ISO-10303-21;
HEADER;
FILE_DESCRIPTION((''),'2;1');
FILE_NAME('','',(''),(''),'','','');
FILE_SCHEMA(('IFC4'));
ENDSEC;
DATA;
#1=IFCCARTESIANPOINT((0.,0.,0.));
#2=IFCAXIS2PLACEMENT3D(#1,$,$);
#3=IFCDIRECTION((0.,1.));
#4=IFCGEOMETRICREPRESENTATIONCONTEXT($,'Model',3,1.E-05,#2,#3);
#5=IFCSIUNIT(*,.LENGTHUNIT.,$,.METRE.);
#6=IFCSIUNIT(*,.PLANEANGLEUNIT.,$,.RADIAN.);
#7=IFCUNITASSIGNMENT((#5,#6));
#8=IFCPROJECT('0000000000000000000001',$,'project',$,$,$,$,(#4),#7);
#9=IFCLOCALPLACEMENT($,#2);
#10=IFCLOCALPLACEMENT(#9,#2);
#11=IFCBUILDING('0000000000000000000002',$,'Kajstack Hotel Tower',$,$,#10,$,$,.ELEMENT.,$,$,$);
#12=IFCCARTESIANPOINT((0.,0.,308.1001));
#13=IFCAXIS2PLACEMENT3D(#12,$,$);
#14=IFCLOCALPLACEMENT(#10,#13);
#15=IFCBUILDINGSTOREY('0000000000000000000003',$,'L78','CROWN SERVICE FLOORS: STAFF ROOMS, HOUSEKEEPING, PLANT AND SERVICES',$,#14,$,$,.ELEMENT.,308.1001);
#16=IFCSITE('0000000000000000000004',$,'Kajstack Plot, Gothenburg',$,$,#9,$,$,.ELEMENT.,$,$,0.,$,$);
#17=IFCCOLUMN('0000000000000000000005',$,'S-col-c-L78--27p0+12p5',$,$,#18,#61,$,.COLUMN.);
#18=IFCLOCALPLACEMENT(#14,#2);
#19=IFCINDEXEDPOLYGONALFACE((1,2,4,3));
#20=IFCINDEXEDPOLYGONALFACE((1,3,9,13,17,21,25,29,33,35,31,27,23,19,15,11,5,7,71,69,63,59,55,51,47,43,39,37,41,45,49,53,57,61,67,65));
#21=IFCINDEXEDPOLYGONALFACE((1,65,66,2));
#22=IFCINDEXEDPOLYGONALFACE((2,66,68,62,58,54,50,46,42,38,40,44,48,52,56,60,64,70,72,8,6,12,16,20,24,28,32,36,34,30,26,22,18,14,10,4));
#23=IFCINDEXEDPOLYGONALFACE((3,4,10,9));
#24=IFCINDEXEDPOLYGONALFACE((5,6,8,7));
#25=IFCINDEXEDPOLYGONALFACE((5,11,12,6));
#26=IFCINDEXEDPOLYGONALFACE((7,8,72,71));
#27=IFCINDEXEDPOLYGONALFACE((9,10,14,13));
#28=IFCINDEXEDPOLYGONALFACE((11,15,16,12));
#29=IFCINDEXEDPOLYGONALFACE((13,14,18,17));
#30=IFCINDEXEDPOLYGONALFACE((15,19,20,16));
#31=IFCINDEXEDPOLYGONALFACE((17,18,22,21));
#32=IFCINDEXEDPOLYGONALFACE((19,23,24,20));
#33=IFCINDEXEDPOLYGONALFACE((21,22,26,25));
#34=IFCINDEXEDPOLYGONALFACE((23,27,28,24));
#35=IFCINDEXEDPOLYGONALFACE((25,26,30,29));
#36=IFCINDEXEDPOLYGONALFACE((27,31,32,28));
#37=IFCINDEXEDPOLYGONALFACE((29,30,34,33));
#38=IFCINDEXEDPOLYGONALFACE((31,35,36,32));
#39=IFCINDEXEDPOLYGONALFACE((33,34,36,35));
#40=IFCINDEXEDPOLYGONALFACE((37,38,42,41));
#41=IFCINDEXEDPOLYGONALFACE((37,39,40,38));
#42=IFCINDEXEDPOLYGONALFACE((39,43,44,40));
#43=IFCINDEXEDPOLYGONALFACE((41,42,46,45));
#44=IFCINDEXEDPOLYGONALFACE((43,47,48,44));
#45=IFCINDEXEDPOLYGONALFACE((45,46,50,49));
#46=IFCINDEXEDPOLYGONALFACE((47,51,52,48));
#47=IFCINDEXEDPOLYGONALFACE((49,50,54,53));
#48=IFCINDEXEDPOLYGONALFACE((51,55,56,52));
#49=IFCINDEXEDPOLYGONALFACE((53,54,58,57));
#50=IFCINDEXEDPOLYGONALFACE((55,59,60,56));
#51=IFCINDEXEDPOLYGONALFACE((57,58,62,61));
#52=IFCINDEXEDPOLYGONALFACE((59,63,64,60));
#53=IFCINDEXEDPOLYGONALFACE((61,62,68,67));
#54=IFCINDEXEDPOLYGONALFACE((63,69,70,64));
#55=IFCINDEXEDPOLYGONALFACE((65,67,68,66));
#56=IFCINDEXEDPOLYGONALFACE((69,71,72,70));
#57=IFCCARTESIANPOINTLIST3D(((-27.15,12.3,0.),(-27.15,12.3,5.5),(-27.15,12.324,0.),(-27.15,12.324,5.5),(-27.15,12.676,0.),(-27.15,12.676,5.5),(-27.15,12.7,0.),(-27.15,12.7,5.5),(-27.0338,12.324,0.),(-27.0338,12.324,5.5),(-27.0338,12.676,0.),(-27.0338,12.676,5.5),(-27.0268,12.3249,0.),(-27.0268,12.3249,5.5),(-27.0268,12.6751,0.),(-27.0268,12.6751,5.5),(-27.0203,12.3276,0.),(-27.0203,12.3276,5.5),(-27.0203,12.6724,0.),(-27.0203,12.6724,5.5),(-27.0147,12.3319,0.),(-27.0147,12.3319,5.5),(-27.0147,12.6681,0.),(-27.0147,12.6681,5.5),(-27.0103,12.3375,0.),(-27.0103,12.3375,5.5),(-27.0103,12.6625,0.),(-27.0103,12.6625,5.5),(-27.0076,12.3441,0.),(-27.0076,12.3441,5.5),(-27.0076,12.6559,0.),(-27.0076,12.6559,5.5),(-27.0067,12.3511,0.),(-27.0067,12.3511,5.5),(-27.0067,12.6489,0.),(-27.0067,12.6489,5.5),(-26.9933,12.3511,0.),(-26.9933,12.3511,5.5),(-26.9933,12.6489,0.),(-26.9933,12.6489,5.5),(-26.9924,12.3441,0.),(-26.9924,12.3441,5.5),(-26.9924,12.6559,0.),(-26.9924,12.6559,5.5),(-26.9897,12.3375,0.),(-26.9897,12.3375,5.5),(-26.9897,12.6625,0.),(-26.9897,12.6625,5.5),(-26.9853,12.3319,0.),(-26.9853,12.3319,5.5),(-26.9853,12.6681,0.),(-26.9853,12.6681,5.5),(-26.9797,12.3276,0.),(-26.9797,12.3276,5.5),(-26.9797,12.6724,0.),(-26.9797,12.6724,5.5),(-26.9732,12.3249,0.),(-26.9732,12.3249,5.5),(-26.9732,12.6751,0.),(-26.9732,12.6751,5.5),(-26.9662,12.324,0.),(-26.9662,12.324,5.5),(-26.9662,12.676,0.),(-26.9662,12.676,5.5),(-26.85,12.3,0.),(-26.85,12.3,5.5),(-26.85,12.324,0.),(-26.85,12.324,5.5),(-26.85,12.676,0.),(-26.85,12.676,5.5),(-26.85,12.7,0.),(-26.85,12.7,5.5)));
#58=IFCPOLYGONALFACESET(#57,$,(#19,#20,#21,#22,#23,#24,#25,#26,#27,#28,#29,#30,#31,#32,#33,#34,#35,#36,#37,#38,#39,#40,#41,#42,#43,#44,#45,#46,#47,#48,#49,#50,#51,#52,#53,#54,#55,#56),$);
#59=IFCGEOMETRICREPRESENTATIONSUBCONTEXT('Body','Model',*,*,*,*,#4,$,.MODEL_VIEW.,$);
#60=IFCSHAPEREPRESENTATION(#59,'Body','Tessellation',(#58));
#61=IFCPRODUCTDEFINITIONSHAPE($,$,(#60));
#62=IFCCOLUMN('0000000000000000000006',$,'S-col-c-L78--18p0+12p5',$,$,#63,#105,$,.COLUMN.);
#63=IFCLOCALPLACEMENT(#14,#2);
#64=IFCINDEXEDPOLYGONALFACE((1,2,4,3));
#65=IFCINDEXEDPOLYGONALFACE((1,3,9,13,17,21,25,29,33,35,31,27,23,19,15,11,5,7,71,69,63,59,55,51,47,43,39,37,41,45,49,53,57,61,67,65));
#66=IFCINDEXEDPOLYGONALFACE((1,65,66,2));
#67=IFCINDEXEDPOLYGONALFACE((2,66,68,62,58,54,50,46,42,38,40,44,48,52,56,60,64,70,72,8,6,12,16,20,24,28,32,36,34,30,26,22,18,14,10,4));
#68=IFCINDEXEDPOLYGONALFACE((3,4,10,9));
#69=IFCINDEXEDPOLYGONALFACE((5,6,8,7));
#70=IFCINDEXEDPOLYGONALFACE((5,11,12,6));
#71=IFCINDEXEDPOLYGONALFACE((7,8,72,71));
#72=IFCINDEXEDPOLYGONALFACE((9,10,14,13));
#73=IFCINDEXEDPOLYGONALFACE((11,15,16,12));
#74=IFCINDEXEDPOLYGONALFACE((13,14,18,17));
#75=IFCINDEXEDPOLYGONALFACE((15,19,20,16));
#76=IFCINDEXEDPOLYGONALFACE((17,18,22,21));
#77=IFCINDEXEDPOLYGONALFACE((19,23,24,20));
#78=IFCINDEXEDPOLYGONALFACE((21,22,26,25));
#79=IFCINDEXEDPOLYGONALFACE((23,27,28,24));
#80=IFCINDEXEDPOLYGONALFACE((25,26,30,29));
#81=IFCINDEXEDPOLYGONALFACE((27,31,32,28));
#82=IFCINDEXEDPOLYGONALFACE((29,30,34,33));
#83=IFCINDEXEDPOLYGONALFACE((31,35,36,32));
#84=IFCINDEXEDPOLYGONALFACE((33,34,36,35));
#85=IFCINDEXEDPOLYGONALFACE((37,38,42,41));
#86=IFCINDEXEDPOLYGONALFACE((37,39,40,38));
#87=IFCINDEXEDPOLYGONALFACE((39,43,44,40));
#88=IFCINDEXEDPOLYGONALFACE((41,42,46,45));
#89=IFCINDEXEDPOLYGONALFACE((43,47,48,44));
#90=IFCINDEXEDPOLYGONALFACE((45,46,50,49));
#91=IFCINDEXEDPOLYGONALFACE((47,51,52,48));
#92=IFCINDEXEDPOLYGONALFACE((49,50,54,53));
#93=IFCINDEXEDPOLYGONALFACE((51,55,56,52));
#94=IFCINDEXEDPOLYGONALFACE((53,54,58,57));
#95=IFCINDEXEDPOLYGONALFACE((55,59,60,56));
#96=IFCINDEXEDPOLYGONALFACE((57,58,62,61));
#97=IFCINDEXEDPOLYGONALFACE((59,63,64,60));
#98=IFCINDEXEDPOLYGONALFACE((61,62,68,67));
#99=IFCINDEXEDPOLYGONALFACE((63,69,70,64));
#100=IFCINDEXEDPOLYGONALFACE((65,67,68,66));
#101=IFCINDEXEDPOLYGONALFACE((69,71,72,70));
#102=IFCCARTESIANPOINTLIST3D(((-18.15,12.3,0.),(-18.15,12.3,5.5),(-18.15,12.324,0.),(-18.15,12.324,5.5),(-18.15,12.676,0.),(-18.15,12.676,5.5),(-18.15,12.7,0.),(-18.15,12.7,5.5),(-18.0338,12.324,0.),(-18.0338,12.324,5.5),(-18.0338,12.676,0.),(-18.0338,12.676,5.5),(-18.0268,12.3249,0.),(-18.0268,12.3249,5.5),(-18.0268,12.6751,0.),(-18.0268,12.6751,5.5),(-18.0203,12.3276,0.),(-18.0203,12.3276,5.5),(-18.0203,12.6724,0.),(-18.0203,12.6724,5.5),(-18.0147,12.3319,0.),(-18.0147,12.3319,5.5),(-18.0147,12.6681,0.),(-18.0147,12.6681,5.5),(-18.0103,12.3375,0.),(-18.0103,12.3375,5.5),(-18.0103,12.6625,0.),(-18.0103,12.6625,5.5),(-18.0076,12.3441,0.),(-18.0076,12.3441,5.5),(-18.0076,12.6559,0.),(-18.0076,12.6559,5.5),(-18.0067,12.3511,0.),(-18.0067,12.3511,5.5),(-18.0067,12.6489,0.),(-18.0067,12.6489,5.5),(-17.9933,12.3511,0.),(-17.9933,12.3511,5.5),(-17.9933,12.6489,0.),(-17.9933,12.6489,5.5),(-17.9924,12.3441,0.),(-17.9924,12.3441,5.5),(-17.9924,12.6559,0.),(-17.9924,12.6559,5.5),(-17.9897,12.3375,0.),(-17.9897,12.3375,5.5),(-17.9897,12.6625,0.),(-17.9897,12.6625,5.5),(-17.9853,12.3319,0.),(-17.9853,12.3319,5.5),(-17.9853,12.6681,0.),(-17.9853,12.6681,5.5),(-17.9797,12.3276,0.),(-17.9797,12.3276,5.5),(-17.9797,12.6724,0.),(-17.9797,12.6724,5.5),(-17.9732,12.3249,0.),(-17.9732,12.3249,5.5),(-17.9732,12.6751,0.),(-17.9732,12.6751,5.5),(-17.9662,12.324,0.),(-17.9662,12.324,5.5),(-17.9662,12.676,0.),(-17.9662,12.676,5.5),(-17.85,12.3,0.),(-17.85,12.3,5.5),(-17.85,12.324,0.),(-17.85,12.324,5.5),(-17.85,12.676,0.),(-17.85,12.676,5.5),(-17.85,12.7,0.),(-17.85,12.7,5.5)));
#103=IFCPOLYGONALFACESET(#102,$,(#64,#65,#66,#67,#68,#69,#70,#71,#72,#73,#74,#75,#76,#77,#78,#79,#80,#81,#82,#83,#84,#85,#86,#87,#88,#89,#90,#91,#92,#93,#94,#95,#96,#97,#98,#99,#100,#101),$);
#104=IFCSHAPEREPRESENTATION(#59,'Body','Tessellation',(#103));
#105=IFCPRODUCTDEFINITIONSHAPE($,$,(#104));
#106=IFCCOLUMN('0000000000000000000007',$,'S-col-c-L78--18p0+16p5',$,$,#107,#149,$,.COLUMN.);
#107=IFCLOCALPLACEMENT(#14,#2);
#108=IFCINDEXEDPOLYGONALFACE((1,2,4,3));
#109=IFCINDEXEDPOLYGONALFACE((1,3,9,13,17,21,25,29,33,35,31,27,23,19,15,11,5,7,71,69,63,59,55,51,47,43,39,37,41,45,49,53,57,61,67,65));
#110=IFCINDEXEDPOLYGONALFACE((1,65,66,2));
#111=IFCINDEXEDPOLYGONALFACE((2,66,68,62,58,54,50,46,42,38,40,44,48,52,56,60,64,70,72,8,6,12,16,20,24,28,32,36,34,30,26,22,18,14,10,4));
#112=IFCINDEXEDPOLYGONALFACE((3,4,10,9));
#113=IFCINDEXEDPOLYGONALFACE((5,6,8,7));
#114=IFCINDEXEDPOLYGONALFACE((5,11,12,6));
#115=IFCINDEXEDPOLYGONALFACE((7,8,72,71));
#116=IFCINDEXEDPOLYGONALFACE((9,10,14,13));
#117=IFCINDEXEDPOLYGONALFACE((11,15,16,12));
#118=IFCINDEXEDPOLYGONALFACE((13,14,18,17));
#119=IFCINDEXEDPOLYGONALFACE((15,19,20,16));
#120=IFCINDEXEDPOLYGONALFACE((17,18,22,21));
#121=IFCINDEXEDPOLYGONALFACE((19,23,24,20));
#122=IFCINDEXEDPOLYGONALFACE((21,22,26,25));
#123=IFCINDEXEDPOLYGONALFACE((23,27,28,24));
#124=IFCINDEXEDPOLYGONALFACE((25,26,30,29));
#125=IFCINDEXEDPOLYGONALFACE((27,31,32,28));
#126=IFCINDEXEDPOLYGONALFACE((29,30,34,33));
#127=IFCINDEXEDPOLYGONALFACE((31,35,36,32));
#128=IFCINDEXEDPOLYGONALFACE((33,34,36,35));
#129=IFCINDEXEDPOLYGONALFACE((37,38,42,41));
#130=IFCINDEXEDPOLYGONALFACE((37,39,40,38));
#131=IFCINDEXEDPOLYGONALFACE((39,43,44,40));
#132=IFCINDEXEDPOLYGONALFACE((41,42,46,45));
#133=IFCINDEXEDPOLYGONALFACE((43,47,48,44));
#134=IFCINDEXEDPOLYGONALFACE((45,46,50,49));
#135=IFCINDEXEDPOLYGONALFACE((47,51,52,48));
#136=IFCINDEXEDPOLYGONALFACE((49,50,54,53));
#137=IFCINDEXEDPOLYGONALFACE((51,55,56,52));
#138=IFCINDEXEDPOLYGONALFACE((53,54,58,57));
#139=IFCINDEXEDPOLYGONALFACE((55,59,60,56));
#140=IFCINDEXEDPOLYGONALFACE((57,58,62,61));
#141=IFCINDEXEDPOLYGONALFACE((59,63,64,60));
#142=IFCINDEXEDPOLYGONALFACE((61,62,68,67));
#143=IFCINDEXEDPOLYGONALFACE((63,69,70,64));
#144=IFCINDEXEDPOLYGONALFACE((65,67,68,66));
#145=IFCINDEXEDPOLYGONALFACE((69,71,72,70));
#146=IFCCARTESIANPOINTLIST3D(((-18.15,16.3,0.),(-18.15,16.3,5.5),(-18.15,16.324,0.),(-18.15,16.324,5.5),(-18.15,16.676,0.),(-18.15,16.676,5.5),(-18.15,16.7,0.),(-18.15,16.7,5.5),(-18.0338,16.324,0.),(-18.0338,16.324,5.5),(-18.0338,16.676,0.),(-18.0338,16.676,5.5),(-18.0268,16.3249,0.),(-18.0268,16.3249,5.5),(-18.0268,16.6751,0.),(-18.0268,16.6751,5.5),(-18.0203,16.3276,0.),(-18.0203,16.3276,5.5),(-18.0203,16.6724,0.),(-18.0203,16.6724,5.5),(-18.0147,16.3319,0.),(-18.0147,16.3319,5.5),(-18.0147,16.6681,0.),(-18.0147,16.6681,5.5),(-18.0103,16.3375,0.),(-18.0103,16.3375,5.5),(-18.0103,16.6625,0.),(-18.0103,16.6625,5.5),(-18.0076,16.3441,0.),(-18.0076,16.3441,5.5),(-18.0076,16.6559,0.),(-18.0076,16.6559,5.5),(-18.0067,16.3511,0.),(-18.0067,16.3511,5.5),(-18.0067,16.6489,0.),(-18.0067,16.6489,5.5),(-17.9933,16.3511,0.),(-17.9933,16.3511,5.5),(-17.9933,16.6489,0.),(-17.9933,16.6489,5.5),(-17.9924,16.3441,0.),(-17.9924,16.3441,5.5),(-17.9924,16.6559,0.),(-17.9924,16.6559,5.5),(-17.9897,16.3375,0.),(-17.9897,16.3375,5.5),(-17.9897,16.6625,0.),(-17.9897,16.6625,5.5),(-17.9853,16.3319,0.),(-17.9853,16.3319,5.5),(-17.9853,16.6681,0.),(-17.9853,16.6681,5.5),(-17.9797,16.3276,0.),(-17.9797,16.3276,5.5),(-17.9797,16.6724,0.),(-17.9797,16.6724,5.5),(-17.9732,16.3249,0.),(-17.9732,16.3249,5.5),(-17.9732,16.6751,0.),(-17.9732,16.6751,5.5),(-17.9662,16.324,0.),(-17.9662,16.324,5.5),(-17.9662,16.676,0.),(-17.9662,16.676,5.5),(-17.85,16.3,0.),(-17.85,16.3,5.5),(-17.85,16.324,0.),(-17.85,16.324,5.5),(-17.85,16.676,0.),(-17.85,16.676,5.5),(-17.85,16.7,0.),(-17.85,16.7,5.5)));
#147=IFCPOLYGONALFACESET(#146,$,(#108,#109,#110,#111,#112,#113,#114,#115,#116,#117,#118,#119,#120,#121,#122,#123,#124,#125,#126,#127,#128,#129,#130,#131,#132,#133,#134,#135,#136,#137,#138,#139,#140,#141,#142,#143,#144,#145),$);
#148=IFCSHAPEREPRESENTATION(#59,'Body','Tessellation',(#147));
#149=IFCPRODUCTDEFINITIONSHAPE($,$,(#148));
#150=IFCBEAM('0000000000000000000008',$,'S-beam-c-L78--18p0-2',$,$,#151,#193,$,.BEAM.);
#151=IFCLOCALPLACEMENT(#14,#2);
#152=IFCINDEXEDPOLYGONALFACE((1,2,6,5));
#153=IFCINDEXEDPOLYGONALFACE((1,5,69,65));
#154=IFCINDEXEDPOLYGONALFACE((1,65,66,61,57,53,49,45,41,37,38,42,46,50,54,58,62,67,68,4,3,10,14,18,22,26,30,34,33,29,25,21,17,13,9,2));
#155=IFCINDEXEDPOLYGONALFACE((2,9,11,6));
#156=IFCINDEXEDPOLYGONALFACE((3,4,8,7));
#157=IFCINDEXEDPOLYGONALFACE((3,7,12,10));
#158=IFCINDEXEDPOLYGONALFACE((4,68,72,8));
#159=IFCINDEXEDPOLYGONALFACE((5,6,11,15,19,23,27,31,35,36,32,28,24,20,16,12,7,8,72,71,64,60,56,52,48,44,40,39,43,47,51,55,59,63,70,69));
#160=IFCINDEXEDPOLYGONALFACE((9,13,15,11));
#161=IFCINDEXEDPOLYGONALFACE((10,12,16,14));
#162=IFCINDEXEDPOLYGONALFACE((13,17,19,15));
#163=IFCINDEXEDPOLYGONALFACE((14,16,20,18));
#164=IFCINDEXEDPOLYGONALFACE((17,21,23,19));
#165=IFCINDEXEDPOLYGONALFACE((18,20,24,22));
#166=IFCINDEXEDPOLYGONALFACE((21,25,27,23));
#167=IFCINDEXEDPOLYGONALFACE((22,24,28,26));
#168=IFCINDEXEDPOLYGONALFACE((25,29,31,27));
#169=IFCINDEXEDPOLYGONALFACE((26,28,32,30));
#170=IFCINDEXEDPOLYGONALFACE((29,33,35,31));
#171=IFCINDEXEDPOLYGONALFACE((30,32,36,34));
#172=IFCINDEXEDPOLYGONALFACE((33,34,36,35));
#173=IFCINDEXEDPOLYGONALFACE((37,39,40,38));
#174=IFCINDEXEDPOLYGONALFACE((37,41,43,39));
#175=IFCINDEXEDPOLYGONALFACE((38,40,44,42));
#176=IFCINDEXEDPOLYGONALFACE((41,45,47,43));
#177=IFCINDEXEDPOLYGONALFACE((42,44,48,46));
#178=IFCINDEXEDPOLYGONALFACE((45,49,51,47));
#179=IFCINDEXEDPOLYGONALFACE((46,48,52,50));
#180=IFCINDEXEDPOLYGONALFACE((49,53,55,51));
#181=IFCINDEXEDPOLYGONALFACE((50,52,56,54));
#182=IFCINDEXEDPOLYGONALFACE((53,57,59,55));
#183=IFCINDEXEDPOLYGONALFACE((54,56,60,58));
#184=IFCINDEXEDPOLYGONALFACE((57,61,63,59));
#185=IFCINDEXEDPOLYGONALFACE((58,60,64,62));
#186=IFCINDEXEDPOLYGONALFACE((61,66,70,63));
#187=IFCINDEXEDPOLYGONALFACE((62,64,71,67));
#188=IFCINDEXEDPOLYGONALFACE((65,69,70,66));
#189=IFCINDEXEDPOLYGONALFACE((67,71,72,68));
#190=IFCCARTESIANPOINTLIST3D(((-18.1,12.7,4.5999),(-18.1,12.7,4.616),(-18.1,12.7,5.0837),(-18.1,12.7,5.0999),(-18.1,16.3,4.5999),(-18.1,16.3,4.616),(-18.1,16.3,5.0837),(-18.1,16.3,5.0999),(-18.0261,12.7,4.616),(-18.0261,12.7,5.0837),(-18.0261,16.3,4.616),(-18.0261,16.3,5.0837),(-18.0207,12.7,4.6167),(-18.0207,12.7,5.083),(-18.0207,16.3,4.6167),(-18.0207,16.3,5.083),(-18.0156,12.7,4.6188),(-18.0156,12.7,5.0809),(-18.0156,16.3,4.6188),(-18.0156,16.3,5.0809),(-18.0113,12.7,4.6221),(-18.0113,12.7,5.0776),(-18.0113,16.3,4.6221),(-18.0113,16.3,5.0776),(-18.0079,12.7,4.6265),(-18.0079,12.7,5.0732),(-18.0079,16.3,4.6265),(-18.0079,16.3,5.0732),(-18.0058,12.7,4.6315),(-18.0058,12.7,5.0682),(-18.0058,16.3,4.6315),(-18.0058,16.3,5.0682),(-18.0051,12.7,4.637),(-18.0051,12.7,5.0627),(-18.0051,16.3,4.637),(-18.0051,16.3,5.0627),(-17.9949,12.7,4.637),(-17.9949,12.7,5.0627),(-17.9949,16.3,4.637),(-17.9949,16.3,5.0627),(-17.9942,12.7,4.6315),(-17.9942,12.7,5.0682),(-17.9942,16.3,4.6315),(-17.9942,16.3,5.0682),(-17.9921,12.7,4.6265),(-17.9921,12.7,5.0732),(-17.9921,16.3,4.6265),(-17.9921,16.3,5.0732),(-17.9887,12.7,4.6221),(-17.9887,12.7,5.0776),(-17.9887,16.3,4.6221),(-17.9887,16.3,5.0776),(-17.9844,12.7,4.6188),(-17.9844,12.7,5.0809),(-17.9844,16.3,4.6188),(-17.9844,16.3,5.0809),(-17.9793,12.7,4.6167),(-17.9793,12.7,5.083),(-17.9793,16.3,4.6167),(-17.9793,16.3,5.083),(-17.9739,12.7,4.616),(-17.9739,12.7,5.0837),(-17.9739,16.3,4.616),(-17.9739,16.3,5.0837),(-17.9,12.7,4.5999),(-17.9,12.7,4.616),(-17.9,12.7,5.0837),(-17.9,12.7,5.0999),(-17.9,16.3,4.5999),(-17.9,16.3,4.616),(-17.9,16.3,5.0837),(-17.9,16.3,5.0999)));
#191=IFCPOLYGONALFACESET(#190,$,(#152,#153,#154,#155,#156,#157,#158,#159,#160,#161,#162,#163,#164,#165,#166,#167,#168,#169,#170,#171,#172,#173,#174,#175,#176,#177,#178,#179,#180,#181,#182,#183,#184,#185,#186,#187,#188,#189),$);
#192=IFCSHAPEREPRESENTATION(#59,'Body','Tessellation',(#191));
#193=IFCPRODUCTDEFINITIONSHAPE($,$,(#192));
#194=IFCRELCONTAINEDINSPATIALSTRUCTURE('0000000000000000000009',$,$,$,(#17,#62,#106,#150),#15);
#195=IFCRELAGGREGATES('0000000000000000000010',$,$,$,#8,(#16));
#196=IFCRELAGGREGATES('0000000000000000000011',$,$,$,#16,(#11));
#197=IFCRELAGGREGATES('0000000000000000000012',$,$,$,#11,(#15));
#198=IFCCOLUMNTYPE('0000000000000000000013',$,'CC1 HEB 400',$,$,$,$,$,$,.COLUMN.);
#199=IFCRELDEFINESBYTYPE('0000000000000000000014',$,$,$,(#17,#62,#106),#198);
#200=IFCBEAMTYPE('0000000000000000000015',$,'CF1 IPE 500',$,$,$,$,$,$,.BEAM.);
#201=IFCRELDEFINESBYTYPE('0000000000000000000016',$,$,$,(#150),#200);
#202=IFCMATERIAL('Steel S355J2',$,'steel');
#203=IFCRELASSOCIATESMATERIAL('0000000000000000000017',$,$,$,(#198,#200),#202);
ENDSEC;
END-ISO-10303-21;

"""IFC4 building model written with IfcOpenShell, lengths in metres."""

from ifc_helpers import new_model, si_unit, direction, frame, origin, origin_2d, place, context, subcontext, project, spatial, i_section, extrude, material, material_profile, profile_set, type_object, element, save


model = new_model("IFC4")

# Units and contexts
model_context = context("Model", 3, precision=1e-05, world=origin(), true_north=direction((0.0, 1.0)))
body_context = subcontext(model_context, "Body", "Model", "MODEL_VIEW")
ifc_project = project(units=[si_unit("LENGTHUNIT", "METRE"), si_unit("PLANEANGLEUNIT", "RADIAN")], contexts=[model_context])

# Site, building, storey
site_placement = place(None, origin())
site = spatial("IfcSite", under=ifc_project, at=site_placement, Name="Kajstack Plot, Gothenburg", CompositionType="ELEMENT", RefElevation=0.0)
building_placement = place(site_placement, origin())
building = spatial("IfcBuilding", under=site, at=building_placement, Name="Kajstack Hotel Tower", CompositionType="ELEMENT")
storey_placement = place(building_placement, frame((0.0, 0.0, 308.1001)))
storey = spatial("IfcBuildingStorey", under=building, at=storey_placement, Name="L78", Description="CROWN SERVICE FLOORS: STAFF ROOMS, HOUSEKEEPING, PLANT AND SERVICES", CompositionType="ELEMENT", Elevation=308.1001)

# Columns
ifc_material_1 = material(Name="Steel S355J2", Category="steel")
ifc_material_profile_1 = material_profile(ifc_material_1, i_section(OverallWidth=0.3, OverallDepth=0.3999, WebThickness=0.0134, FlangeThickness=0.0239, FilletRadius=0.0271, at=origin_2d()), Name="HEB 400")
ifc_profile_set_1 = profile_set([ifc_material_profile_1], Name="Steel S355J2")
column_type = type_object("IfcColumnType", Name="CC1 HEB 400", PredefinedType="COLUMN", material=ifc_profile_set_1)
for number, where, z_axis, x_axis, name in (
    (1, (-27.0, 12.5, 0.0), (0.0, 0.0, 1.0), (1.0, 0.0, 0.0), "S-col-c-L78--27p0+12p5"),
    (2, (-18.0, 12.5, 0.0), (0.0, 0.0, 1.0), (1.0, 0.0, 0.0), "S-col-c-L78--18p0+12p5"),
    (3, (-18.0, 16.5, 0.0), (0.0, 0.0, 1.0), (1.0, 0.0, 0.0), "S-col-c-L78--18p0+16p5"),
):
    element("IfcColumn", number, at=place(storey_placement, frame(where, z_axis=z_axis, x_axis=x_axis)), inside=storey, type_object=column_type, Name=name, PredefinedType="COLUMN", context=body_context, shape_type="SweptSolid", body=[
        extrude(i_section(OverallWidth=0.3, OverallDepth=0.3999, WebThickness=0.0134, FlangeThickness=0.0239, FilletRadius=0.0271, at=origin_2d()), origin(), (0.0, 0.0, 1.0), 5.5),
    ])

# Beam
ifc_material_profile_2 = material_profile(ifc_material_1, i_section(OverallWidth=0.2, OverallDepth=0.5, WebThickness=0.0103, FlangeThickness=0.0161, FilletRadius=0.021, at=origin_2d()), Name="IPE 500")
ifc_profile_set_2 = profile_set([ifc_material_profile_2], Name="Steel S355J2")
beam_type = type_object("IfcBeamType", Name="CF1 IPE 500", PredefinedType="BEAM", material=ifc_profile_set_2)
beam_placement = place(storey_placement, frame((-18.0, 12.7, 4.8499), z_axis=(0.0, 1.0, 0.0), x_axis=(-1.0, 0.0, 0.0)))
element("IfcBeam", 4, at=beam_placement, inside=storey, type_object=beam_type, Name="S-beam-c-L78--18p0-2", PredefinedType="BEAM", context=body_context, shape_type="SweptSolid", body=[
    extrude(i_section(OverallWidth=0.2, OverallDepth=0.5, WebThickness=0.0103, FlangeThickness=0.0161, FilletRadius=0.021, at=origin_2d()), origin(), (0.0, 0.0, 1.0), 3.6001),
])

save(model, "model.ifc")
